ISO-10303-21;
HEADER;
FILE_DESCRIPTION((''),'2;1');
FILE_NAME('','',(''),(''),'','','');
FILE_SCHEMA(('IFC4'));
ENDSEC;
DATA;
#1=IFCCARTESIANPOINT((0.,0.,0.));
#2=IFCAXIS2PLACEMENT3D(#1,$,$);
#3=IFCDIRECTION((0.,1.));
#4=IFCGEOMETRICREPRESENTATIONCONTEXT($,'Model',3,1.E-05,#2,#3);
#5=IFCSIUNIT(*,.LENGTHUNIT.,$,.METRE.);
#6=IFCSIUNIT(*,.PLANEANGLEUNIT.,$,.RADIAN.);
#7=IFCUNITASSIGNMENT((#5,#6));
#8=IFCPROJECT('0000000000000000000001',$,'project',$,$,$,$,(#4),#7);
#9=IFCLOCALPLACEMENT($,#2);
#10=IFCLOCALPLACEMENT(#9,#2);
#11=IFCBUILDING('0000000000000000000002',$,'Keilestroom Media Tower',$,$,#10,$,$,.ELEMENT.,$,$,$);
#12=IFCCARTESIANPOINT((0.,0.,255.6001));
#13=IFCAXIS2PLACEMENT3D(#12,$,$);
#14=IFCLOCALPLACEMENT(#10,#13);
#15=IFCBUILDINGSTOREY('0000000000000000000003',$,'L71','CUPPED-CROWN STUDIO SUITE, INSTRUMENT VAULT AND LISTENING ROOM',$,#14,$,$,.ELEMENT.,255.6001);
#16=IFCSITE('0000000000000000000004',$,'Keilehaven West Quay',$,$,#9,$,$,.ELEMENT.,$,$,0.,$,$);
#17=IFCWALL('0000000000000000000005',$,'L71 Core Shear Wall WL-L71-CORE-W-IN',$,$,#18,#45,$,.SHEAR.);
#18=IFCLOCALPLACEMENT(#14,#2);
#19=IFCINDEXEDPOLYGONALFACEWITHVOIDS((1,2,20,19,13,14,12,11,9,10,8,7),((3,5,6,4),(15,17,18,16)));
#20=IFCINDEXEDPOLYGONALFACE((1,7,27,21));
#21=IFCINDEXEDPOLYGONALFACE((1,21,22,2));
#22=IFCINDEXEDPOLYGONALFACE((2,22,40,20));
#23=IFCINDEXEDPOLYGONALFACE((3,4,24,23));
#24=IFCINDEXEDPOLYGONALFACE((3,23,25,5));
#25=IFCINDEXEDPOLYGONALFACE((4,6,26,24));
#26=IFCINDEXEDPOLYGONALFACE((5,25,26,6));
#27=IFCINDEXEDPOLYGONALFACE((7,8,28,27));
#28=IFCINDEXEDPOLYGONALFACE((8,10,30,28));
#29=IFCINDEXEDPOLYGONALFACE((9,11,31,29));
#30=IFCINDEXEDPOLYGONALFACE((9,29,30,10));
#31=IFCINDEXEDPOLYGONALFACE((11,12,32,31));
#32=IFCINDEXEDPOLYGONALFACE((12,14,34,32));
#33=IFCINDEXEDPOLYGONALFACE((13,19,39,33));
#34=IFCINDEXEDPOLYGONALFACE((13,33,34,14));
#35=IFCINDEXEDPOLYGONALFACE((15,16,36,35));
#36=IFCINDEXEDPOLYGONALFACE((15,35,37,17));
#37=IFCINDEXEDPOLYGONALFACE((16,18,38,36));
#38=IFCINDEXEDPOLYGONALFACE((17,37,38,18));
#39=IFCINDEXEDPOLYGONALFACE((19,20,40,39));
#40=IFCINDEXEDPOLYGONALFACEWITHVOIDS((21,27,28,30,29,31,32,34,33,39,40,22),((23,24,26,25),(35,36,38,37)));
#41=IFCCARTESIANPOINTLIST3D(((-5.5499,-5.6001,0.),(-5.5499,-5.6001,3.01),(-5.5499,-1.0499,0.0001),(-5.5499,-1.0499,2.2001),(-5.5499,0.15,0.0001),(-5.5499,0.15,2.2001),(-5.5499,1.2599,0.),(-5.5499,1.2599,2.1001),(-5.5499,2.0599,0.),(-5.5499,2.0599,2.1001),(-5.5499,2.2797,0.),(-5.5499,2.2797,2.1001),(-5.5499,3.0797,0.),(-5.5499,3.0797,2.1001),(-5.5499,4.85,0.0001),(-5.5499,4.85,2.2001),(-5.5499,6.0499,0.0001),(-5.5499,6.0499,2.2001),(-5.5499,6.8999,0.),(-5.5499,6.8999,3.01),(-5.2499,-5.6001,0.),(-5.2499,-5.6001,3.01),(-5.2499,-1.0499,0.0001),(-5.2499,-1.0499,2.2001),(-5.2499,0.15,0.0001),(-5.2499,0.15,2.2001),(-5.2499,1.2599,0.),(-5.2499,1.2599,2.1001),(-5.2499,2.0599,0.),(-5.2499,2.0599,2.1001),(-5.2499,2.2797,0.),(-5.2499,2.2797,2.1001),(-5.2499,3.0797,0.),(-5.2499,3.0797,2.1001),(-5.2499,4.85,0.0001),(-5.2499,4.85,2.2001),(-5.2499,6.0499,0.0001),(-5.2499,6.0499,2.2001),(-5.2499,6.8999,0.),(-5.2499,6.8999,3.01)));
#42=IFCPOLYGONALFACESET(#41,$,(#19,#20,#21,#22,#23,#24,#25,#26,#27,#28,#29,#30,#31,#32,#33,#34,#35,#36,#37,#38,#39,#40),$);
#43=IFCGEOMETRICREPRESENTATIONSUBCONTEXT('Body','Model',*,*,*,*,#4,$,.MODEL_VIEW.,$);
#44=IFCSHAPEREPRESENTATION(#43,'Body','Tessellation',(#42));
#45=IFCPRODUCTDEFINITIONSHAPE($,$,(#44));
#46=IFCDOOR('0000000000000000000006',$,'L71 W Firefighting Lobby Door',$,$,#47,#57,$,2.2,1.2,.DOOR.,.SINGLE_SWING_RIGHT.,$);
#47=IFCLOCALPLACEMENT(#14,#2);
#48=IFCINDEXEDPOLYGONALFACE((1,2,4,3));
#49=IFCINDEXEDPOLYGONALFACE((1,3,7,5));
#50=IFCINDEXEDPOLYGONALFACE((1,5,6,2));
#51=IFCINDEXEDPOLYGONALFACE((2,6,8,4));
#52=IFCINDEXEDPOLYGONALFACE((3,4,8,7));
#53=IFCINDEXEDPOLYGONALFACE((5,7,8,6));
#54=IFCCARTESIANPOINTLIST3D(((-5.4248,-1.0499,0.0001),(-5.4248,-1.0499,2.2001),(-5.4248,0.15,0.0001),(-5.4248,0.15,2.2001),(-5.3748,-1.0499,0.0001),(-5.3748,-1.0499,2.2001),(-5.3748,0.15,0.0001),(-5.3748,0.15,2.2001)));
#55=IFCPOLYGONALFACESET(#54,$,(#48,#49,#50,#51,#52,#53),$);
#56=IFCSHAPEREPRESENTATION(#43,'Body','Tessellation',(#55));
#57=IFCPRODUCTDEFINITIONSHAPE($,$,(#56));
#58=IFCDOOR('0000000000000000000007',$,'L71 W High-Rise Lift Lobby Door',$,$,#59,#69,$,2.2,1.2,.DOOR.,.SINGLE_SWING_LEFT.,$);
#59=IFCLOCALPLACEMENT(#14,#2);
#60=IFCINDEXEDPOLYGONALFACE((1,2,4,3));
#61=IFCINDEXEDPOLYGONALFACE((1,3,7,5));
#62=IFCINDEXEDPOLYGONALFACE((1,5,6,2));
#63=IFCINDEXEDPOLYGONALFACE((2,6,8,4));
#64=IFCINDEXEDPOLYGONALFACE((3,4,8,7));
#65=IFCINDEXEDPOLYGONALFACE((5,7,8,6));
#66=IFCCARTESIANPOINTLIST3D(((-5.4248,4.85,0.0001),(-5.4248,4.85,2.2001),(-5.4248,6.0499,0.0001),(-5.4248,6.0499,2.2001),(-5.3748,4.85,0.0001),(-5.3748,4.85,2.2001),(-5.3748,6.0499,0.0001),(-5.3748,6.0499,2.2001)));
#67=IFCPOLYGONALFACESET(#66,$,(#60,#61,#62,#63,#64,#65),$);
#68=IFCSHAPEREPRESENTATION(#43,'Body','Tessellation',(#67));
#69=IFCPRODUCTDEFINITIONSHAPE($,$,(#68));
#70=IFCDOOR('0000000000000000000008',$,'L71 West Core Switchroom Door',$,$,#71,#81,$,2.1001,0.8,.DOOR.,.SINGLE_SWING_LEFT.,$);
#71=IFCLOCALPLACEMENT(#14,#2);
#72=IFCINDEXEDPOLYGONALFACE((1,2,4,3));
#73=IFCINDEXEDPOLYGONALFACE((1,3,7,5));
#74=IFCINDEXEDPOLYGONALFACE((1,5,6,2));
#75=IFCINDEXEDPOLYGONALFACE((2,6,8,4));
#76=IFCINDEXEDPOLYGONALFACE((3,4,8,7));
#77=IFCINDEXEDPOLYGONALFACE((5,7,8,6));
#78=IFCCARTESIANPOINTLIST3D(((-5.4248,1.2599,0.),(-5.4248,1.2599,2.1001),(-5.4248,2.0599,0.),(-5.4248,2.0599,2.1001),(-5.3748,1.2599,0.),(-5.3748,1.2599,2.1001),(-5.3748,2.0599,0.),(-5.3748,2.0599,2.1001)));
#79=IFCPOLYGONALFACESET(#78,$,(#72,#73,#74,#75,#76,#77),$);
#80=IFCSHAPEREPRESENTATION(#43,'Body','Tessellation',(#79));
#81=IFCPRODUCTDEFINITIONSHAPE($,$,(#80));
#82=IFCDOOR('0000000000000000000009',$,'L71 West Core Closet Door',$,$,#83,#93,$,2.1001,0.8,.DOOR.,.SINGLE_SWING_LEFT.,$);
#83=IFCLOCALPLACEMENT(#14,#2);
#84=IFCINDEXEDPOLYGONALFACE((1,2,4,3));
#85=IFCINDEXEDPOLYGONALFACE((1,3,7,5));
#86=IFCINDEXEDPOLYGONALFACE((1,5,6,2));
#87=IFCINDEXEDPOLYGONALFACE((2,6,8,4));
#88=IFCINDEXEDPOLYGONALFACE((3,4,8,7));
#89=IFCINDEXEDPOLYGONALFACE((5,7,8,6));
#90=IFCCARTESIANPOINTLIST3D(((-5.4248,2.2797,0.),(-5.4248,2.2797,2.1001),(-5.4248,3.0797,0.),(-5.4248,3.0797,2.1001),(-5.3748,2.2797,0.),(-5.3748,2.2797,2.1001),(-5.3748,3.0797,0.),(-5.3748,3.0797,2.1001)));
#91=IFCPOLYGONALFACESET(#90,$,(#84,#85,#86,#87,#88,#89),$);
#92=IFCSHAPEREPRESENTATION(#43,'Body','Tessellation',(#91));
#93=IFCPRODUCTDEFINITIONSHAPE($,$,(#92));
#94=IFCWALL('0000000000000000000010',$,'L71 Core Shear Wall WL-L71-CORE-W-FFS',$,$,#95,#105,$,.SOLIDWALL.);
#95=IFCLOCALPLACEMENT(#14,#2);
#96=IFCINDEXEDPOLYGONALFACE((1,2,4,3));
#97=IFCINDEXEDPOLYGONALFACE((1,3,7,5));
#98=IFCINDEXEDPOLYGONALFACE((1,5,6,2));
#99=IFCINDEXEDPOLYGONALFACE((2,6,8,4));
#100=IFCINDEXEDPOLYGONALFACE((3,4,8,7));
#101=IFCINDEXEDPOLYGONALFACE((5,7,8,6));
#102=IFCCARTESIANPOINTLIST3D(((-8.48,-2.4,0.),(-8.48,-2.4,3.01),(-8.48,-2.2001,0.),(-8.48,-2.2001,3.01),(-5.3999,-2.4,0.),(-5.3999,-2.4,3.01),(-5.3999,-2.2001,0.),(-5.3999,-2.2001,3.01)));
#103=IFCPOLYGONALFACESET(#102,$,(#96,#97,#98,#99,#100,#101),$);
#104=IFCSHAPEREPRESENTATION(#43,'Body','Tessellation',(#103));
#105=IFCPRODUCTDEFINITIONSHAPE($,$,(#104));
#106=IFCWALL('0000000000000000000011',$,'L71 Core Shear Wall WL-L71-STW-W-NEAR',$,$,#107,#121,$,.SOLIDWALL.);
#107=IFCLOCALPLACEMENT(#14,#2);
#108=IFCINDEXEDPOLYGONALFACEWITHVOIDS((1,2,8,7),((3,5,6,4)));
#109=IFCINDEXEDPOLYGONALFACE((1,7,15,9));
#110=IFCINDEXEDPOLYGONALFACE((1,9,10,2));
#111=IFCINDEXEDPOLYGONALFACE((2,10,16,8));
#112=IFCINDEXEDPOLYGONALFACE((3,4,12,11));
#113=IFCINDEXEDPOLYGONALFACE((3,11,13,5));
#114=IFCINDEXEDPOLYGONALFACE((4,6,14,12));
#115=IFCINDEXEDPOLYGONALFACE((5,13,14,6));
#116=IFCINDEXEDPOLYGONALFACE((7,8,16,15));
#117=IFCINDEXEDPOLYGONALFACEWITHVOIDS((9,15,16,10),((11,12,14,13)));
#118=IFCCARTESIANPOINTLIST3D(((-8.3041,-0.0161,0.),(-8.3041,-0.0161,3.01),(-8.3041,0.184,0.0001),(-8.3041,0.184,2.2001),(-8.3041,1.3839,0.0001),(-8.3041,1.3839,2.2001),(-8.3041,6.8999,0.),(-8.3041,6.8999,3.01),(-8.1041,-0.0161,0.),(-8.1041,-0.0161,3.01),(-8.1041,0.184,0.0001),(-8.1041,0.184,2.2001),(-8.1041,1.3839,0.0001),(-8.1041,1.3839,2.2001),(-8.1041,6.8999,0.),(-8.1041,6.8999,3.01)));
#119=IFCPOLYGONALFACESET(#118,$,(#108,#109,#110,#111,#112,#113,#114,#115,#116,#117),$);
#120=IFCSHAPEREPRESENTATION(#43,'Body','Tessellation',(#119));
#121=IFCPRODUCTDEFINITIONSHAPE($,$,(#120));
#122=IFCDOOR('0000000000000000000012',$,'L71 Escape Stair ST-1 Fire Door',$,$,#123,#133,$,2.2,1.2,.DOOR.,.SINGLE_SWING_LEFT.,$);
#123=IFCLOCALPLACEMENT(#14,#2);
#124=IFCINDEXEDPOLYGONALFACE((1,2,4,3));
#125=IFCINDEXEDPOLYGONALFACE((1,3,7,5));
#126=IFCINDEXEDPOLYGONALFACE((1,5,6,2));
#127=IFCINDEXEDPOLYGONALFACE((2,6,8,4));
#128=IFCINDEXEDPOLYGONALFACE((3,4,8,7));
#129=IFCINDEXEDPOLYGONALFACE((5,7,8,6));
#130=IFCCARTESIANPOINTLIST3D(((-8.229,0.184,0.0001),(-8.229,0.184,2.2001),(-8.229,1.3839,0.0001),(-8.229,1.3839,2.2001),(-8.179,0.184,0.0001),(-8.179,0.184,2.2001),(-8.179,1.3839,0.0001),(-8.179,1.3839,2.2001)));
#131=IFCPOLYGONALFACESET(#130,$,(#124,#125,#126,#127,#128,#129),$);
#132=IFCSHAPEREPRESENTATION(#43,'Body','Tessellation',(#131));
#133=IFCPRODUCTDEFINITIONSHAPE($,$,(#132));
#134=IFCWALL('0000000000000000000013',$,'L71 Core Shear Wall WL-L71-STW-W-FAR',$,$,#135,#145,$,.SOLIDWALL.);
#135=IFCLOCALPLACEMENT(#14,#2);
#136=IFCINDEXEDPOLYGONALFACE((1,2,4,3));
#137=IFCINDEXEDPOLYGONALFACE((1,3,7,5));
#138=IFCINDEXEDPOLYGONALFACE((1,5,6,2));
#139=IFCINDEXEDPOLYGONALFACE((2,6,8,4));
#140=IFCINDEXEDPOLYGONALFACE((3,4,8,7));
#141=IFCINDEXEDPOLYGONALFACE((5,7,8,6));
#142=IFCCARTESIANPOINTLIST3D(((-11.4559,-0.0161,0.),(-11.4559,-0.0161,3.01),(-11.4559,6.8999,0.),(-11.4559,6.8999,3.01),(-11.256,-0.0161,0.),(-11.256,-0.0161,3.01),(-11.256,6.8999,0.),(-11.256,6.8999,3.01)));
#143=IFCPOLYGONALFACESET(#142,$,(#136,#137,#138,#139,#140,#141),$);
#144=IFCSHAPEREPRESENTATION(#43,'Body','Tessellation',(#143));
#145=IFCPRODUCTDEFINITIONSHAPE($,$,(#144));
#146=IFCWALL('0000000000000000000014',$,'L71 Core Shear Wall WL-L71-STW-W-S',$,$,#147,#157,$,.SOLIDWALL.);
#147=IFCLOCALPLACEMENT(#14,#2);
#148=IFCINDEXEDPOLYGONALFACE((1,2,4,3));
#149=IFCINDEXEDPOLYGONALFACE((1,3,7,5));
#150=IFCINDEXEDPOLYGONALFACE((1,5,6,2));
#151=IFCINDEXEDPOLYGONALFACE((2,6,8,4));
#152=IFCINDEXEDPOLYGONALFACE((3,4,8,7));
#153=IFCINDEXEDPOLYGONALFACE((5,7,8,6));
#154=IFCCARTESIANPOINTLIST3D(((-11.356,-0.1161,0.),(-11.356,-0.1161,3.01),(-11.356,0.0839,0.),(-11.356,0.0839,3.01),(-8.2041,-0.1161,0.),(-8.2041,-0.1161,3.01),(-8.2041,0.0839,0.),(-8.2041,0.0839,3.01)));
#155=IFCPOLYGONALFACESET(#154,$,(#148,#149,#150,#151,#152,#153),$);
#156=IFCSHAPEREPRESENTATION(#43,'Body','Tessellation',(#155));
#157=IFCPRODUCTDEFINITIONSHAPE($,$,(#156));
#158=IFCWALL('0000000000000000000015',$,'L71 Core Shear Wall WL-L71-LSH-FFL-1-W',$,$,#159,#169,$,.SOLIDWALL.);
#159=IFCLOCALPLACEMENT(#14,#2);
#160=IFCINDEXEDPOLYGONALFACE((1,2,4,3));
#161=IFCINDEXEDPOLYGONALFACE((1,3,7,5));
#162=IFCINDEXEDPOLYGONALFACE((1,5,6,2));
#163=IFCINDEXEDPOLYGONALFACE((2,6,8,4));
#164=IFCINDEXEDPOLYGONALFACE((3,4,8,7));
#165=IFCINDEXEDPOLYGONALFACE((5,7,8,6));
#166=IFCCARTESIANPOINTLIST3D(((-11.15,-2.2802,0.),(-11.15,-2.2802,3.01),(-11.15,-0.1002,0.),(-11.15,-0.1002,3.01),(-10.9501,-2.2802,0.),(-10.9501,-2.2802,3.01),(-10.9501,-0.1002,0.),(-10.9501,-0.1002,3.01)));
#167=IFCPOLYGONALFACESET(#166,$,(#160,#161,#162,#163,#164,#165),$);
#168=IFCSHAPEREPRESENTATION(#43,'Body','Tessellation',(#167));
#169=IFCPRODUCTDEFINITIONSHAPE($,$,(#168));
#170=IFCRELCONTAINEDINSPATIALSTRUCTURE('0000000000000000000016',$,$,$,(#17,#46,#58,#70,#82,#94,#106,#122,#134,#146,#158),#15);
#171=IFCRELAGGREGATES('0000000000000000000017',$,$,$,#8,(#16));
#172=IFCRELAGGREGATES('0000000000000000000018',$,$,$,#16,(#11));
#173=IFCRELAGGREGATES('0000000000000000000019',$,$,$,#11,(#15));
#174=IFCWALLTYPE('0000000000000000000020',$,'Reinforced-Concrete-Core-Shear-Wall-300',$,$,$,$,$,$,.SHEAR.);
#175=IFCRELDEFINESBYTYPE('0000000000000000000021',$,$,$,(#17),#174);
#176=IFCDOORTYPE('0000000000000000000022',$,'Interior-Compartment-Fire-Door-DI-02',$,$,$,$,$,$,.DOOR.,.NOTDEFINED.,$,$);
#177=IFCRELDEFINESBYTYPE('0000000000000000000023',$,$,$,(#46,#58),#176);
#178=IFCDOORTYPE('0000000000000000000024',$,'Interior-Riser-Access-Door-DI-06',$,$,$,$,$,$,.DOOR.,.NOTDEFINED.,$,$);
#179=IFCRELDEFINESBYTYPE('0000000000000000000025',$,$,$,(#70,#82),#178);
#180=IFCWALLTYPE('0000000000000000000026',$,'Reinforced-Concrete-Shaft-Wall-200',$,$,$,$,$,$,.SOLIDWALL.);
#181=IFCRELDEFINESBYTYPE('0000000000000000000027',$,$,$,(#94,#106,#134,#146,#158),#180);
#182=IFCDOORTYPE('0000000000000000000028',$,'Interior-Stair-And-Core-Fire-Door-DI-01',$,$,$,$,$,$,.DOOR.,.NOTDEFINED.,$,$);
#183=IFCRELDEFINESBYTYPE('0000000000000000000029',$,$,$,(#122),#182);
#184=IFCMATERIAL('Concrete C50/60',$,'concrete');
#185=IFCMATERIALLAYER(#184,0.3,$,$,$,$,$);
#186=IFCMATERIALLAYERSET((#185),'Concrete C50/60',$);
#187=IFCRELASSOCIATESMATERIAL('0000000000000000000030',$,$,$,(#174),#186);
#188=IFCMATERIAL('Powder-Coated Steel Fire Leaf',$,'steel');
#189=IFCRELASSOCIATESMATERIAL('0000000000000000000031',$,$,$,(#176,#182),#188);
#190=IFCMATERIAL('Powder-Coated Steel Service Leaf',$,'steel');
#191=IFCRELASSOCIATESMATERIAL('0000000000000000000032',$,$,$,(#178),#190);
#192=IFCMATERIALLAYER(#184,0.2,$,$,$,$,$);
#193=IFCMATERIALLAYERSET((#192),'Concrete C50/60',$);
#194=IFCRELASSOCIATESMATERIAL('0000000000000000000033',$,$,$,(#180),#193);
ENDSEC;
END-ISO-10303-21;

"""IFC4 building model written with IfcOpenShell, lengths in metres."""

from ifc_helpers import new_model, si_unit, direction, frame, frame_2d, origin, place, context, subcontext, project, spatial, rectangle, extrude, source, transform, mapped, material, layer, layer_set, type_object, element, fill, save


model = new_model("IFC4")

# Units and contexts
model_context = context("Model", 3, precision=1e-05, world=origin(), true_north=direction((0.0, 1.0)))
body_context = subcontext(model_context, "Body", "Model", "MODEL_VIEW")
ifc_project = project(units=[si_unit("LENGTHUNIT", "METRE"), si_unit("PLANEANGLEUNIT", "RADIAN")], contexts=[model_context])

# Site, building, storey
site_placement = place(None, origin())
site = spatial("IfcSite", under=ifc_project, at=site_placement, Name="Keilehaven West Quay", CompositionType="ELEMENT", RefElevation=0.0)
building_placement = place(site_placement, origin())
building = spatial("IfcBuilding", under=site, at=building_placement, Name="Keilestroom Media Tower", CompositionType="ELEMENT")
storey_placement = place(building_placement, frame((0.0, 0.0, 255.6001)))
storey = spatial("IfcBuildingStorey", under=building, at=storey_placement, Name="L71", Description="CUPPED-CROWN STUDIO SUITE, INSTRUMENT VAULT AND LISTENING ROOM", CompositionType="ELEMENT", Elevation=255.6001)

# Shared definitions
ifc_material_1 = material(Name="Concrete C50/60", Category="concrete")
ifc_layer_1 = layer(ifc_material_1, 0.3)
ifc_layer_set_1 = layer_set([ifc_layer_1], Name="Concrete C50/60")
wall_type_1 = type_object("IfcWallType", Name="Reinforced-Concrete-Core-Shear-Wall-300", PredefinedType="SHEAR", material=ifc_layer_set_1)

# Wall, openings, doors
wall_1_placement = place(storey_placement, frame((-5.3999, -5.6001, 0.0), z_axis=(0.0, 0.0, 1.0), x_axis=(0.0, 1.0, 0.0)))
wall_1 = element("IfcWall", 1, at=wall_1_placement, inside=storey, type_object=wall_type_1, Name="L71 Core Shear Wall WL-L71-CORE-W-IN", PredefinedType="SHEAR", context=body_context, shape_type="SweptSolid", body=[
    extrude(rectangle(XDim=12.5, YDim=0.3, at=frame_2d((6.25, 0.0))), origin(), (0.0, 0.0, 1.0), 3.01),
])
opening_1_placement = place(wall_1_placement, frame((4.55, 0.0, 0.0)))
opening_1 = element("IfcOpeningElement", 2, at=opening_1_placement, cuts=wall_1, PredefinedType="OPENING", context=body_context, shape_type="SweptSolid", body=[
    extrude(rectangle(XDim=1.2, YDim=2.2, at=frame_2d((0.6001, 1.1001))), frame((0.0, 0.1602, 0.0), z_axis=(0.0, -1.0, 0.0), x_axis=(1.0, 0.0, 0.0)), (0.0, 0.0, 1.0), 0.3201),
])
opening_2_placement = place(wall_1_placement, frame((10.45, 0.0, 0.0)))
opening_2 = element("IfcOpeningElement", 3, at=opening_2_placement, cuts=wall_1, PredefinedType="OPENING", context=body_context, shape_type="SweptSolid", body=[
    extrude(rectangle(XDim=1.2, YDim=2.2, at=frame_2d((0.6001, 1.1001))), frame((0.0, 0.1602, 0.0), z_axis=(0.0, -1.0, 0.0), x_axis=(1.0, 0.0, 0.0)), (0.0, 0.0, 1.0), 0.3201),
])
opening_3_placement = place(wall_1_placement, frame((6.8601, 0.0, 0.0)))
opening_3 = element("IfcOpeningElement", 4, at=opening_3_placement, cuts=wall_1, PredefinedType="OPENING", context=body_context, shape_type="SweptSolid", body=[
    extrude(rectangle(XDim=0.8, YDim=2.1001, at=frame_2d((0.3999, 1.05))), frame((0.0, 0.1602, 0.0), z_axis=(0.0, -1.0, 0.0), x_axis=(1.0, 0.0, 0.0)), (0.0, 0.0, 1.0), 0.3201),
])
opening_4_placement = place(wall_1_placement, frame((7.8799, 0.0, 0.0)))
opening_4 = element("IfcOpeningElement", 5, at=opening_4_placement, cuts=wall_1, PredefinedType="OPENING", context=body_context, shape_type="SweptSolid", body=[
    extrude(rectangle(XDim=0.8, YDim=2.1001, at=frame_2d((0.3999, 1.05))), frame((0.0, 0.1602, 0.0), z_axis=(0.0, -1.0, 0.0), x_axis=(1.0, 0.0, 0.0)), (0.0, 0.0, 1.0), 0.3201),
])
ifc_material_2 = material(Name="Powder-Coated Steel Fire Leaf", Category="steel")
door_type_1 = type_object("IfcDoorType", Name="Interior-Compartment-Fire-Door-DI-02", OperationType="NOTDEFINED", PredefinedType="DOOR", material=ifc_material_2)
shared_shape_1 = source(origin(), body_context, "Body", "SweptSolid", [
    extrude(rectangle(XDim=1.2, YDim=2.2, at=frame_2d((0.6001, 1.1001))), frame((0.0, 0.0249, 0.0), z_axis=(0.0, -1.0, 0.0), x_axis=(1.0, 0.0, 0.0)), (0.0, 0.0, 1.0), 0.05),
])
door_1_placement = place(opening_1_placement, origin())
door_1 = element("IfcDoor", 6, at=door_1_placement, inside=storey, type_object=door_type_1, Name="L71 W Firefighting Lobby Door", OperationType="SINGLE_SWING_RIGHT", OverallHeight=2.2, OverallWidth=1.2, PredefinedType="DOOR", context=body_context, shape_type="MappedRepresentation", body=[
    mapped(shared_shape_1, transform((0.0, 0.0, 0.0), x_axis=(1.0, 0.0, 0.0), y_axis=(0.0, 1.0, 0.0), z_axis=(0.0, 0.0, 1.0), scale=1.0)),
])
fill(opening_1, door_1)
door_2_placement = place(opening_2_placement, origin())
door_2 = element("IfcDoor", 7, at=door_2_placement, inside=storey, type_object=door_type_1, Name="L71 W High-Rise Lift Lobby Door", OperationType="SINGLE_SWING_LEFT", OverallHeight=2.2, OverallWidth=1.2, PredefinedType="DOOR", context=body_context, shape_type="MappedRepresentation", body=[
    mapped(shared_shape_1, transform((0.0, 0.0, 0.0), x_axis=(1.0, 0.0, 0.0), y_axis=(0.0, 1.0, 0.0), z_axis=(0.0, 0.0, 1.0), scale=1.0)),
])
fill(opening_2, door_2)
ifc_material_3 = material(Name="Powder-Coated Steel Service Leaf", Category="steel")
door_type_2 = type_object("IfcDoorType", Name="Interior-Riser-Access-Door-DI-06", OperationType="NOTDEFINED", PredefinedType="DOOR", material=ifc_material_3)
shared_shape_2 = source(origin(), body_context, "Body", "SweptSolid", [
    extrude(rectangle(XDim=0.8, YDim=2.1001, at=frame_2d((0.3999, 1.05))), frame((0.0, 0.0249, 0.0), z_axis=(0.0, -1.0, 0.0), x_axis=(1.0, 0.0, 0.0)), (0.0, 0.0, 1.0), 0.05),
])
door_3_placement = place(opening_3_placement, origin())
door_3 = element("IfcDoor", 8, at=door_3_placement, inside=storey, type_object=door_type_2, Name="L71 West Core Switchroom Door", OperationType="SINGLE_SWING_LEFT", OverallHeight=2.1001, OverallWidth=0.8, PredefinedType="DOOR", context=body_context, shape_type="MappedRepresentation", body=[
    mapped(shared_shape_2, transform((0.0, 0.0, 0.0), x_axis=(1.0, 0.0, 0.0), y_axis=(0.0, 1.0, 0.0), z_axis=(0.0, 0.0, 1.0), scale=1.0)),
])
fill(opening_3, door_3)
door_4_placement = place(opening_4_placement, origin())
door_4 = element("IfcDoor", 9, at=door_4_placement, inside=storey, type_object=door_type_2, Name="L71 West Core Closet Door", OperationType="SINGLE_SWING_LEFT", OverallHeight=2.1001, OverallWidth=0.8, PredefinedType="DOOR", context=body_context, shape_type="MappedRepresentation", body=[
    mapped(shared_shape_2, transform((0.0, 0.0, 0.0), x_axis=(1.0, 0.0, 0.0), y_axis=(0.0, 1.0, 0.0), z_axis=(0.0, 0.0, 1.0), scale=1.0)),
])
fill(opening_4, door_4)

# Wall
ifc_layer_2 = layer(ifc_material_1, 0.2)
ifc_layer_set_2 = layer_set([ifc_layer_2], Name="Concrete C50/60")
wall_type_2 = type_object("IfcWallType", Name="Reinforced-Concrete-Shaft-Wall-200", PredefinedType="SOLIDWALL", material=ifc_layer_set_2)
wall_2_placement = place(storey_placement, frame((-8.48, -2.3, 0.0), z_axis=(0.0, 0.0, 1.0), x_axis=(1.0, 0.0, 0.0)))
element("IfcWall", 10, at=wall_2_placement, inside=storey, type_object=wall_type_2, Name="L71 Core Shear Wall WL-L71-CORE-W-FFS", PredefinedType="SOLIDWALL", context=body_context, shape_type="SweptSolid", body=[
    extrude(rectangle(XDim=3.0801, YDim=0.2, at=frame_2d((1.54, 0.0))), origin(), (0.0, 0.0, 1.0), 3.01),
])

# Wall, opening, door
wall_3_placement = place(storey_placement, frame((-8.2041, -0.0161, 0.0), z_axis=(0.0, 0.0, 1.0), x_axis=(0.0, 1.0, 0.0)))
wall_3 = element("IfcWall", 11, at=wall_3_placement, inside=storey, type_object=wall_type_2, Name="L71 Core Shear Wall WL-L71-STW-W-NEAR", PredefinedType="SOLIDWALL", context=body_context, shape_type="SweptSolid", body=[
    extrude(rectangle(XDim=6.916, YDim=0.2, at=frame_2d((3.458, 0.0))), origin(), (0.0, 0.0, 1.0), 3.01),
])
opening_5_placement = place(wall_3_placement, frame((0.2, 0.0, 0.0)))
opening_5 = element("IfcOpeningElement", 12, at=opening_5_placement, cuts=wall_3, PredefinedType="OPENING", context=body_context, shape_type="SweptSolid", body=[
    extrude(rectangle(XDim=1.2, YDim=2.2, at=frame_2d((0.6001, 1.1001))), frame((0.0, 0.1099, 0.0), z_axis=(0.0, -1.0, 0.0), x_axis=(1.0, 0.0, 0.0)), (0.0, 0.0, 1.0), 0.22),
])
door_type_3 = type_object("IfcDoorType", Name="Interior-Stair-And-Core-Fire-Door-DI-01", OperationType="NOTDEFINED", PredefinedType="DOOR", material=ifc_material_2)
door_5_placement = place(opening_5_placement, origin())
door_5 = element("IfcDoor", 13, at=door_5_placement, inside=storey, type_object=door_type_3, Name="L71 Escape Stair ST-1 Fire Door", OperationType="SINGLE_SWING_LEFT", OverallHeight=2.2, OverallWidth=1.2, PredefinedType="DOOR", context=body_context, shape_type="MappedRepresentation", body=[
    mapped(shared_shape_1, transform((0.0, 0.0, 0.0), x_axis=(1.0, 0.0, 0.0), y_axis=(0.0, 1.0, 0.0), z_axis=(0.0, 0.0, 1.0), scale=1.0)),
])
fill(opening_5, door_5)

# Walls
wall_4_placement = place(storey_placement, frame((-11.356, -0.0161, 0.0), z_axis=(0.0, 0.0, 1.0), x_axis=(0.0, 1.0, 0.0)))
element("IfcWall", 14, at=wall_4_placement, inside=storey, type_object=wall_type_2, Name="L71 Core Shear Wall WL-L71-STW-W-FAR", PredefinedType="SOLIDWALL", context=body_context, shape_type="SweptSolid", body=[
    extrude(rectangle(XDim=6.916, YDim=0.2, at=frame_2d((3.458, 0.0))), origin(), (0.0, 0.0, 1.0), 3.01),
])
wall_5_placement = place(storey_placement, frame((-11.356, -0.0161, 0.0), z_axis=(0.0, 0.0, 1.0), x_axis=(1.0, 0.0, 0.0)))
element("IfcWall", 15, at=wall_5_placement, inside=storey, type_object=wall_type_2, Name="L71 Core Shear Wall WL-L71-STW-W-S", PredefinedType="SOLIDWALL", context=body_context, shape_type="SweptSolid", body=[
    extrude(rectangle(XDim=3.1519, YDim=0.2, at=frame_2d((1.5759, 0.0))), origin(), (0.0, 0.0, 1.0), 3.01),
])
wall_6_placement = place(storey_placement, frame((-11.05, -2.28, 0.0), z_axis=(0.0, 0.0, 1.0), x_axis=(0.0, 1.0, 0.0)))
element("IfcWall", 16, at=wall_6_placement, inside=storey, type_object=wall_type_2, Name="L71 Core Shear Wall WL-L71-LSH-FFL-1-W", PredefinedType="SOLIDWALL", context=body_context, shape_type="SweptSolid", body=[
    extrude(rectangle(XDim=2.1799, YDim=0.2, at=frame_2d((1.0898, 0.0))), origin(), (0.0, 0.0, 1.0), 3.01),
])

save(model, "model.ifc")
